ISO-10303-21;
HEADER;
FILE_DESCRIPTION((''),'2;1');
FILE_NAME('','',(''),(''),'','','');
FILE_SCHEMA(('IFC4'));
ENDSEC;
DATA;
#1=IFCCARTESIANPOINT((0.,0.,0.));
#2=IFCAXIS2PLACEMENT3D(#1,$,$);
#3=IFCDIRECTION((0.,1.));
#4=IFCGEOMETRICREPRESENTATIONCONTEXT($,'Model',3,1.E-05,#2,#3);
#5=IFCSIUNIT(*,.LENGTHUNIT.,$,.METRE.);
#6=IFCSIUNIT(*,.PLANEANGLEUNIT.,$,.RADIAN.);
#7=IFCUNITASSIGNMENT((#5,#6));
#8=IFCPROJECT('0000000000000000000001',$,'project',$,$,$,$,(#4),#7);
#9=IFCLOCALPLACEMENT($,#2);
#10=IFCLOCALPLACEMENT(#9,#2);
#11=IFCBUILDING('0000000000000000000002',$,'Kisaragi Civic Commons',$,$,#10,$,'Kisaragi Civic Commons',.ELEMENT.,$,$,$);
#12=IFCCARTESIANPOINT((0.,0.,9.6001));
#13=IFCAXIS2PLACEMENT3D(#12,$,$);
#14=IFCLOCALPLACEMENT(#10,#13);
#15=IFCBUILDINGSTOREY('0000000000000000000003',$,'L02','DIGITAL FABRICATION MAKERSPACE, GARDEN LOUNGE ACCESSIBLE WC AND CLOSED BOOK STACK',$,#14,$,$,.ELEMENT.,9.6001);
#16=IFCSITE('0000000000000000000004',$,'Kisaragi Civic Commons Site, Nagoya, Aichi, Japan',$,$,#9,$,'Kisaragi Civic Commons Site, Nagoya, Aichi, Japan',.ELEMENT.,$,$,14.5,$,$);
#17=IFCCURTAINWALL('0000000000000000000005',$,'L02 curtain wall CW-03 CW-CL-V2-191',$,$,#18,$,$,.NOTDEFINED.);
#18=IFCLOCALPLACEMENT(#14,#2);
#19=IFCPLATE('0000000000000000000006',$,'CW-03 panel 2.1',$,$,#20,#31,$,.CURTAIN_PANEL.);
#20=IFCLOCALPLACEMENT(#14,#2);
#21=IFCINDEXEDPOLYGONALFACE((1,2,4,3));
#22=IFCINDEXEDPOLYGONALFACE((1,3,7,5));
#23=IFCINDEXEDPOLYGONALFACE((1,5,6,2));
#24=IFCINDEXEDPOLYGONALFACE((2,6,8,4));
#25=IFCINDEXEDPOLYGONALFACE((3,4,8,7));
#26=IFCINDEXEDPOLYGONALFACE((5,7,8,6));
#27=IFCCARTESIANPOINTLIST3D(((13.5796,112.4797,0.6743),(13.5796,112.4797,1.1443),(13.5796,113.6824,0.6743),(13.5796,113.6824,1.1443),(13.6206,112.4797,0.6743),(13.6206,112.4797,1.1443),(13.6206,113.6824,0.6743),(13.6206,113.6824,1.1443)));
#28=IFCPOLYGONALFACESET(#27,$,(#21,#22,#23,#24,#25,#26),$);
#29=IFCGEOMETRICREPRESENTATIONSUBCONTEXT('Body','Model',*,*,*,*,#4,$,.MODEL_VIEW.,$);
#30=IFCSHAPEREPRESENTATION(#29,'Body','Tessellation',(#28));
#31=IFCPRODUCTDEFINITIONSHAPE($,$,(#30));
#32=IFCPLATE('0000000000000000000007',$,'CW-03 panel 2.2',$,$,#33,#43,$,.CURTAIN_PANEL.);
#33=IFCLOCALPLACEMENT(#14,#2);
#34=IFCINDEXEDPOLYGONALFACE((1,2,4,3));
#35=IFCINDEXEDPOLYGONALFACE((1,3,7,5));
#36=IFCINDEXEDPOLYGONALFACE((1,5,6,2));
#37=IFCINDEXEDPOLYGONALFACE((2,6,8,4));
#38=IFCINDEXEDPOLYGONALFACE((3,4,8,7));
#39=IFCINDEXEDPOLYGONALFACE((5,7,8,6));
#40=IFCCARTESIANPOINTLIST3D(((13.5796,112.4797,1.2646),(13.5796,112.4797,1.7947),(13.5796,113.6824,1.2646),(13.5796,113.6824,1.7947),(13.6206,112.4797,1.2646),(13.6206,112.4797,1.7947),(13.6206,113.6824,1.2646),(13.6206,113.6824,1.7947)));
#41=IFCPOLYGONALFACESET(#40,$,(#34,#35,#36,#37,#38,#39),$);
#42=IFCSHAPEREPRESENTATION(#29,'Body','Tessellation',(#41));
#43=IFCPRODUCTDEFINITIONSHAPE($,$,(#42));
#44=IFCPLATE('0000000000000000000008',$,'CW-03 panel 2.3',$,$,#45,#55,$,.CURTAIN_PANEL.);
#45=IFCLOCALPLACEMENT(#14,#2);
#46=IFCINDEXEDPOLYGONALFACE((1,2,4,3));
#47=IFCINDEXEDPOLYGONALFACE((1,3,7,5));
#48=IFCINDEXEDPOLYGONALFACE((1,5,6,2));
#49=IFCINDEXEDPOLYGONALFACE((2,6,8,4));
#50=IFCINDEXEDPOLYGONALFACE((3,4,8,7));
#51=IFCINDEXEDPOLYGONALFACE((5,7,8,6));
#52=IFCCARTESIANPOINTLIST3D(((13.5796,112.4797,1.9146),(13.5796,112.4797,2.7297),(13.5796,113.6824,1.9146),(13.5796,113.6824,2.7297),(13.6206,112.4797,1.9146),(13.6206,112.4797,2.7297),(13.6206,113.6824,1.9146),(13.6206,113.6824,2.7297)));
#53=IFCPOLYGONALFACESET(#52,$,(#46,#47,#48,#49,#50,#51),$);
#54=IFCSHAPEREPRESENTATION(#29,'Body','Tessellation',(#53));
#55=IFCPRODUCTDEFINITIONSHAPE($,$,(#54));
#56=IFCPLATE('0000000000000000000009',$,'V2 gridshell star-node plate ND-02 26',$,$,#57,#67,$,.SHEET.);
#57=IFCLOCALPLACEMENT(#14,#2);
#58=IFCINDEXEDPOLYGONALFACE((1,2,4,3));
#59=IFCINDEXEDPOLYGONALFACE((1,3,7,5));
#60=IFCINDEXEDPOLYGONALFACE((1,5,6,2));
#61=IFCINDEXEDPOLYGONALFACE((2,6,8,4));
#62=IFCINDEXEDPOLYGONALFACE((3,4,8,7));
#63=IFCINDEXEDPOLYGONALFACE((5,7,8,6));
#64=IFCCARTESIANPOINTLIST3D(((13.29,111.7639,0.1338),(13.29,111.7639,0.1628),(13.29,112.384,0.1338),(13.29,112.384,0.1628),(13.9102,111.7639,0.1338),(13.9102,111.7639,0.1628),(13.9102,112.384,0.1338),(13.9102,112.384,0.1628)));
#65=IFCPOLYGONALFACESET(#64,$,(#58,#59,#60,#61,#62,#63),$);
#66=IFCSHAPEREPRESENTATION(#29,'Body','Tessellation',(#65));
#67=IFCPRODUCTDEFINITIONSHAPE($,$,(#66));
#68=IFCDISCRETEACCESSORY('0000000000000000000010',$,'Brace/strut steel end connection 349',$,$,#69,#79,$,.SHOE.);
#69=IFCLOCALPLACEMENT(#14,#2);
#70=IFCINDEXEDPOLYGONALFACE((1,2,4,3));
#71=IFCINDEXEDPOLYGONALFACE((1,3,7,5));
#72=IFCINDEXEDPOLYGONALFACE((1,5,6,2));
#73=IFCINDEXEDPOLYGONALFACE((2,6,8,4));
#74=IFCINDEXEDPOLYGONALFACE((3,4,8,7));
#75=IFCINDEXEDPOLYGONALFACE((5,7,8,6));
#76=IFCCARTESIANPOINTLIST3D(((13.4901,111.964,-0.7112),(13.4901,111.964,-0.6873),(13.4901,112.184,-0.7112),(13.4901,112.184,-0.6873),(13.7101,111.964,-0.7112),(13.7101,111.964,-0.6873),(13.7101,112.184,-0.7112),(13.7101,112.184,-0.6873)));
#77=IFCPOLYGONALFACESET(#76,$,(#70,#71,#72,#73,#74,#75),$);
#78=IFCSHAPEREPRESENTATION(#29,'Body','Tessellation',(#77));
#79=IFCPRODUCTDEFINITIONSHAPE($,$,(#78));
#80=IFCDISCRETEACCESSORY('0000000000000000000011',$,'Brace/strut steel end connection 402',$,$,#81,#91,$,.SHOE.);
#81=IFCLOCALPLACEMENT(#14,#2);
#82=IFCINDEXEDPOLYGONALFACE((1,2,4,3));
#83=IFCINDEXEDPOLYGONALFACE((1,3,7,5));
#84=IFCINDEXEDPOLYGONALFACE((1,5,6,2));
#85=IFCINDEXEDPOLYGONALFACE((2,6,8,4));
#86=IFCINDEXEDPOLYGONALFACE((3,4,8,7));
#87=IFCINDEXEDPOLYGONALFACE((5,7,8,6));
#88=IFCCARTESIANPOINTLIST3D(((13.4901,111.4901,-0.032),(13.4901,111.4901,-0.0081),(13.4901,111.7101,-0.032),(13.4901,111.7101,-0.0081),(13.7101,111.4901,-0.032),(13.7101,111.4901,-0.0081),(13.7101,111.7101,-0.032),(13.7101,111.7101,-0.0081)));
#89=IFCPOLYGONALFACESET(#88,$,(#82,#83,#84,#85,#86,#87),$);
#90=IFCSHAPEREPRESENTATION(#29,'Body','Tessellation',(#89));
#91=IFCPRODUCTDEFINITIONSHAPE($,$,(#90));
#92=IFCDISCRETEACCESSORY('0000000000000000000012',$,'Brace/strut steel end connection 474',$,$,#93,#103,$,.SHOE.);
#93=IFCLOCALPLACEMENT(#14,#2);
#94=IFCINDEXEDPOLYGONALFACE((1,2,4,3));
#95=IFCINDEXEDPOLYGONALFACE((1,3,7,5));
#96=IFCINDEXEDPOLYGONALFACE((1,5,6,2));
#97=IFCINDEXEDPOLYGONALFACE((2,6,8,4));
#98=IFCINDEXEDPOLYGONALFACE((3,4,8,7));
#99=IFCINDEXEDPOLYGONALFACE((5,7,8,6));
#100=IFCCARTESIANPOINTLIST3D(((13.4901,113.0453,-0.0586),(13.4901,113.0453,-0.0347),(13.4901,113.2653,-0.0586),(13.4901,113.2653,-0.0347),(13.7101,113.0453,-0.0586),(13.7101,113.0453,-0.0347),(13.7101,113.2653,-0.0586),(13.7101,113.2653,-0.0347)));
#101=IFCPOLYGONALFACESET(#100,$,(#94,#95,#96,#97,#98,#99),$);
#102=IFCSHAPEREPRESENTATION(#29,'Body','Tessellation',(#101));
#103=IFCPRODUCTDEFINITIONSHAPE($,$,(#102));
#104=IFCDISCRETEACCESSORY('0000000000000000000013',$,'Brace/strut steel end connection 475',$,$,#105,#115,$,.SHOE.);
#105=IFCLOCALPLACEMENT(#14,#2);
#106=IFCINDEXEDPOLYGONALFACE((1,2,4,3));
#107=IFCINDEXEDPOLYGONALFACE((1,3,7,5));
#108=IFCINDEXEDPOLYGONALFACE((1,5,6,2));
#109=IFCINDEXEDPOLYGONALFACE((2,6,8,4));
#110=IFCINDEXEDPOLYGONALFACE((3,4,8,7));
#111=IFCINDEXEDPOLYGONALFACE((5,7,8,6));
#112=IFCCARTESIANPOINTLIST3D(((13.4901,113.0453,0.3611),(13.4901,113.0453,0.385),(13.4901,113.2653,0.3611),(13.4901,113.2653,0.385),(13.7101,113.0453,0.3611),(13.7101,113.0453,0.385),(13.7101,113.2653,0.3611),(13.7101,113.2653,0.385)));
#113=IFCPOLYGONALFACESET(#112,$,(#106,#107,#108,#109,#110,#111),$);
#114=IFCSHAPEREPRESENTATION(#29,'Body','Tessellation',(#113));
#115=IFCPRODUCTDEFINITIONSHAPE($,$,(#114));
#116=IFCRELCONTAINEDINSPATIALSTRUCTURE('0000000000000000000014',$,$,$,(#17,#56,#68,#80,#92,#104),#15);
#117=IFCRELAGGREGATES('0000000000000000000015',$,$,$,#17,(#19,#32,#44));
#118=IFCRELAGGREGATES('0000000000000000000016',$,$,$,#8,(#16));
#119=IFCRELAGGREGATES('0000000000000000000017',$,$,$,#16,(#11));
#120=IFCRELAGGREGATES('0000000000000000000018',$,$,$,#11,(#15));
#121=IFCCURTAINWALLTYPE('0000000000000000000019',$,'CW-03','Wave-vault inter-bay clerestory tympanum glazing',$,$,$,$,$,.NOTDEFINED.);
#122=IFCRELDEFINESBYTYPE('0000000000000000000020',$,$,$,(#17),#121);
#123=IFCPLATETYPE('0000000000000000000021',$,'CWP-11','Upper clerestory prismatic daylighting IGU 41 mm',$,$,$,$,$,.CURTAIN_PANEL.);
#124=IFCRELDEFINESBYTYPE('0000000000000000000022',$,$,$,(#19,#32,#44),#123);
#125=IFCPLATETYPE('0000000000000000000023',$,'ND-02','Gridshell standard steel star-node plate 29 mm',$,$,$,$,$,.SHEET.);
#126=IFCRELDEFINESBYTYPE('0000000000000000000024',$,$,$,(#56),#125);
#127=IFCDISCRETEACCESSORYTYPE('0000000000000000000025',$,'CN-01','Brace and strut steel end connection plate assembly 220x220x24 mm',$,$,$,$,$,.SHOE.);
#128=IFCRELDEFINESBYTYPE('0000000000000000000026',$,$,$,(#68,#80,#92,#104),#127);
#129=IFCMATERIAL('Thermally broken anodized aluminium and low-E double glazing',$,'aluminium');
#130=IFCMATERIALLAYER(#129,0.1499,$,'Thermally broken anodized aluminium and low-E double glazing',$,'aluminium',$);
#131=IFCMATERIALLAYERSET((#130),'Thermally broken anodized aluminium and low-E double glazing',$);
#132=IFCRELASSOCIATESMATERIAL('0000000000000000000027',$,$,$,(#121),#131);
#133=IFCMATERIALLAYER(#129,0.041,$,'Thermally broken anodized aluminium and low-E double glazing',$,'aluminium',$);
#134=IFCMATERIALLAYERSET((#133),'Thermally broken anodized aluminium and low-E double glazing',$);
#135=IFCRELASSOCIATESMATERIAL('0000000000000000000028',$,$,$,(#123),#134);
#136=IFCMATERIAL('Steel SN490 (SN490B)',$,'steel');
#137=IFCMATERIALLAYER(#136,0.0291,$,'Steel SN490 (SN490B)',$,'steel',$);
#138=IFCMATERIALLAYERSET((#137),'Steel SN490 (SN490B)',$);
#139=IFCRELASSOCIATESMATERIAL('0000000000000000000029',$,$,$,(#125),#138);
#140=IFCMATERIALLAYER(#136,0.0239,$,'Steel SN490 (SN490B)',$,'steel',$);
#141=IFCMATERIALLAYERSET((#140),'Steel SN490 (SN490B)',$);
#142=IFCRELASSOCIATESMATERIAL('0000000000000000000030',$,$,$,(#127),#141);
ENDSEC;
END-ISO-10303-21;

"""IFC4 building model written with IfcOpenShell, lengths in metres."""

from ifc_helpers import new_model, si_unit, direction, frame, origin, origin_2d, place, context, subcontext, project, spatial, rectangle, extrude, material, layer, layer_set, type_object, element, aggregate, save


model = new_model("IFC4")

# Units and contexts
model_context = context("Model", 3, precision=1e-05, world=origin(), true_north=direction((0.0, 1.0)))
body_context = subcontext(model_context, "Body", "Model", "MODEL_VIEW")
ifc_project = project(units=[si_unit("LENGTHUNIT", "METRE"), si_unit("PLANEANGLEUNIT", "RADIAN")], contexts=[model_context])

# Site, building, storey
site_placement = place(None, origin())
site = spatial("IfcSite", under=ifc_project, at=site_placement, Name="Kisaragi Civic Commons Site, Nagoya, Aichi, Japan", LongName="Kisaragi Civic Commons Site, Nagoya, Aichi, Japan", CompositionType="ELEMENT", RefElevation=14.5)
building_placement = place(site_placement, origin())
building = spatial("IfcBuilding", under=site, at=building_placement, Name="Kisaragi Civic Commons", LongName="Kisaragi Civic Commons", CompositionType="ELEMENT")
storey_placement = place(building_placement, frame((0.0, 0.0, 9.6001)))
storey = spatial("IfcBuildingStorey", under=building, at=storey_placement, Name="L02", Description="DIGITAL FABRICATION MAKERSPACE, GARDEN LOUNGE ACCESSIBLE WC AND CLOSED BOOK STACK", CompositionType="ELEMENT", Elevation=9.6001)

# Curtain wall
ifc_material_1 = material(Name="Thermally broken anodized aluminium and low-E double glazing", Category="aluminium")
ifc_layer_1 = layer(ifc_material_1, 0.1499, Name="Thermally broken anodized aluminium and low-E double glazing", Category="aluminium")
ifc_layer_set_1 = layer_set([ifc_layer_1], Name="Thermally broken anodized aluminium and low-E double glazing")
curtain_wall_type = type_object("IfcCurtainWallType", Name="CW-03", Description="Wave-vault inter-bay clerestory tympanum glazing", PredefinedType="NOTDEFINED", material=ifc_layer_set_1)
curtain_wall_1_placement = place(storey_placement, origin())
curtain_wall_1 = element("IfcCurtainWall", 1, at=curtain_wall_1_placement, inside=storey, type_object=curtain_wall_type, Name="L02 curtain wall CW-03 CW-CL-V2-191", PredefinedType="NOTDEFINED")

# Shared definitions
ifc_material_2 = material(Name="Steel SN490 (SN490B)", Category="steel")

# Plates
ifc_layer_2 = layer(ifc_material_1, 0.041, Name="Thermally broken anodized aluminium and low-E double glazing", Category="aluminium")
ifc_layer_set_2 = layer_set([ifc_layer_2], Name="Thermally broken anodized aluminium and low-E double glazing")
plate_type_1 = type_object("IfcPlateType", Name="CWP-11", Description="Upper clerestory prismatic daylighting IGU 41 mm", PredefinedType="CURTAIN_PANEL", material=ifc_layer_set_2)
plate_1_placement = place(storey_placement, frame((13.6001, 113.0811, 0.6743), z_axis=(0.0, 0.0, 1.0), x_axis=(0.0, 1.0, 0.0)))
plate_1 = element("IfcPlate", 2, at=plate_1_placement, type_object=plate_type_1, Name="CW-03 panel 2.1", PredefinedType="CURTAIN_PANEL", context=body_context, shape_type="SweptSolid", body=[
    extrude(rectangle(XDim=1.2026, YDim=0.041, at=origin_2d()), origin(), (0.0, 0.0, 1.0), 0.47),
])
plate_2_placement = place(storey_placement, frame((13.6001, 113.0811, 1.2646), z_axis=(0.0, 0.0, 1.0), x_axis=(0.0, 1.0, 0.0)))
plate_2 = element("IfcPlate", 3, at=plate_2_placement, type_object=plate_type_1, Name="CW-03 panel 2.2", PredefinedType="CURTAIN_PANEL", context=body_context, shape_type="SweptSolid", body=[
    extrude(rectangle(XDim=1.2026, YDim=0.041, at=origin_2d()), origin(), (0.0, 0.0, 1.0), 0.53),
])
plate_3_placement = place(storey_placement, frame((13.6001, 113.0811, 1.9146), z_axis=(0.0, 0.0, 1.0), x_axis=(0.0, 1.0, 0.0)))
plate_3 = element("IfcPlate", 4, at=plate_3_placement, type_object=plate_type_1, Name="CW-03 panel 2.3", PredefinedType="CURTAIN_PANEL", context=body_context, shape_type="SweptSolid", body=[
    extrude(rectangle(XDim=1.2026, YDim=0.041, at=origin_2d()), origin(), (0.0, 0.0, 1.0), 0.8152),
])
aggregate(curtain_wall_1, [plate_1, plate_2, plate_3])
ifc_layer_3 = layer(ifc_material_2, 0.0291, Name="Steel SN490 (SN490B)", Category="steel")
ifc_layer_set_3 = layer_set([ifc_layer_3], Name="Steel SN490 (SN490B)")
plate_type_2 = type_object("IfcPlateType", Name="ND-02", Description="Gridshell standard steel star-node plate 29 mm", PredefinedType="SHEET", material=ifc_layer_set_3)
plate_4_placement = place(storey_placement, frame((13.6001, 112.074, 0.1338), z_axis=(0.0, 0.0, 1.0), x_axis=(1.0, 0.0, 0.0)))
element("IfcPlate", 5, at=plate_4_placement, inside=storey, type_object=plate_type_2, Name="V2 gridshell star-node plate ND-02 26", PredefinedType="SHEET", context=body_context, shape_type="SweptSolid", body=[
    extrude(rectangle(XDim=0.6201, YDim=0.6201, at=origin_2d()), origin(), (0.0, 0.0, 1.0), 0.0291),
])

# Discrete accessories
ifc_layer_4 = layer(ifc_material_2, 0.0239, Name="Steel SN490 (SN490B)", Category="steel")
ifc_layer_set_4 = layer_set([ifc_layer_4], Name="Steel SN490 (SN490B)")
discrete_accessory_type = type_object("IfcDiscreteAccessoryType", Name="CN-01", Description="Brace and strut steel end connection plate assembly 220x220x24 mm", PredefinedType="SHOE", material=ifc_layer_set_4)
for number, where, z_axis, x_axis, name in (
    (6, (13.6001, 112.074, -0.7112), (0.0, 0.0, 1.0), (1.0, 0.0, 0.0), "Brace/strut steel end connection 349"),
    (7, (13.6001, 111.6001, -0.032), (0.0, 0.0, 1.0), (1.0, 0.0, 0.0), "Brace/strut steel end connection 402"),
    (8, (13.6001, 113.1553, -0.0586), (0.0, 0.0, 1.0), (1.0, 0.0, 0.0), "Brace/strut steel end connection 474"),
    (9, (13.6001, 113.1553, 0.3611), (0.0, 0.0, 1.0), (1.0, 0.0, 0.0), "Brace/strut steel end connection 475"),
):
    element("IfcDiscreteAccessory", number, at=place(storey_placement, frame(where, z_axis=z_axis, x_axis=x_axis)), inside=storey, type_object=discrete_accessory_type, Name=name, PredefinedType="SHOE", context=body_context, shape_type="SweptSolid", body=[
        extrude(rectangle(XDim=0.22, YDim=0.22, at=origin_2d()), origin(), (0.0, 0.0, 1.0), 0.0239),
    ])

save(model, "model.ifc")
